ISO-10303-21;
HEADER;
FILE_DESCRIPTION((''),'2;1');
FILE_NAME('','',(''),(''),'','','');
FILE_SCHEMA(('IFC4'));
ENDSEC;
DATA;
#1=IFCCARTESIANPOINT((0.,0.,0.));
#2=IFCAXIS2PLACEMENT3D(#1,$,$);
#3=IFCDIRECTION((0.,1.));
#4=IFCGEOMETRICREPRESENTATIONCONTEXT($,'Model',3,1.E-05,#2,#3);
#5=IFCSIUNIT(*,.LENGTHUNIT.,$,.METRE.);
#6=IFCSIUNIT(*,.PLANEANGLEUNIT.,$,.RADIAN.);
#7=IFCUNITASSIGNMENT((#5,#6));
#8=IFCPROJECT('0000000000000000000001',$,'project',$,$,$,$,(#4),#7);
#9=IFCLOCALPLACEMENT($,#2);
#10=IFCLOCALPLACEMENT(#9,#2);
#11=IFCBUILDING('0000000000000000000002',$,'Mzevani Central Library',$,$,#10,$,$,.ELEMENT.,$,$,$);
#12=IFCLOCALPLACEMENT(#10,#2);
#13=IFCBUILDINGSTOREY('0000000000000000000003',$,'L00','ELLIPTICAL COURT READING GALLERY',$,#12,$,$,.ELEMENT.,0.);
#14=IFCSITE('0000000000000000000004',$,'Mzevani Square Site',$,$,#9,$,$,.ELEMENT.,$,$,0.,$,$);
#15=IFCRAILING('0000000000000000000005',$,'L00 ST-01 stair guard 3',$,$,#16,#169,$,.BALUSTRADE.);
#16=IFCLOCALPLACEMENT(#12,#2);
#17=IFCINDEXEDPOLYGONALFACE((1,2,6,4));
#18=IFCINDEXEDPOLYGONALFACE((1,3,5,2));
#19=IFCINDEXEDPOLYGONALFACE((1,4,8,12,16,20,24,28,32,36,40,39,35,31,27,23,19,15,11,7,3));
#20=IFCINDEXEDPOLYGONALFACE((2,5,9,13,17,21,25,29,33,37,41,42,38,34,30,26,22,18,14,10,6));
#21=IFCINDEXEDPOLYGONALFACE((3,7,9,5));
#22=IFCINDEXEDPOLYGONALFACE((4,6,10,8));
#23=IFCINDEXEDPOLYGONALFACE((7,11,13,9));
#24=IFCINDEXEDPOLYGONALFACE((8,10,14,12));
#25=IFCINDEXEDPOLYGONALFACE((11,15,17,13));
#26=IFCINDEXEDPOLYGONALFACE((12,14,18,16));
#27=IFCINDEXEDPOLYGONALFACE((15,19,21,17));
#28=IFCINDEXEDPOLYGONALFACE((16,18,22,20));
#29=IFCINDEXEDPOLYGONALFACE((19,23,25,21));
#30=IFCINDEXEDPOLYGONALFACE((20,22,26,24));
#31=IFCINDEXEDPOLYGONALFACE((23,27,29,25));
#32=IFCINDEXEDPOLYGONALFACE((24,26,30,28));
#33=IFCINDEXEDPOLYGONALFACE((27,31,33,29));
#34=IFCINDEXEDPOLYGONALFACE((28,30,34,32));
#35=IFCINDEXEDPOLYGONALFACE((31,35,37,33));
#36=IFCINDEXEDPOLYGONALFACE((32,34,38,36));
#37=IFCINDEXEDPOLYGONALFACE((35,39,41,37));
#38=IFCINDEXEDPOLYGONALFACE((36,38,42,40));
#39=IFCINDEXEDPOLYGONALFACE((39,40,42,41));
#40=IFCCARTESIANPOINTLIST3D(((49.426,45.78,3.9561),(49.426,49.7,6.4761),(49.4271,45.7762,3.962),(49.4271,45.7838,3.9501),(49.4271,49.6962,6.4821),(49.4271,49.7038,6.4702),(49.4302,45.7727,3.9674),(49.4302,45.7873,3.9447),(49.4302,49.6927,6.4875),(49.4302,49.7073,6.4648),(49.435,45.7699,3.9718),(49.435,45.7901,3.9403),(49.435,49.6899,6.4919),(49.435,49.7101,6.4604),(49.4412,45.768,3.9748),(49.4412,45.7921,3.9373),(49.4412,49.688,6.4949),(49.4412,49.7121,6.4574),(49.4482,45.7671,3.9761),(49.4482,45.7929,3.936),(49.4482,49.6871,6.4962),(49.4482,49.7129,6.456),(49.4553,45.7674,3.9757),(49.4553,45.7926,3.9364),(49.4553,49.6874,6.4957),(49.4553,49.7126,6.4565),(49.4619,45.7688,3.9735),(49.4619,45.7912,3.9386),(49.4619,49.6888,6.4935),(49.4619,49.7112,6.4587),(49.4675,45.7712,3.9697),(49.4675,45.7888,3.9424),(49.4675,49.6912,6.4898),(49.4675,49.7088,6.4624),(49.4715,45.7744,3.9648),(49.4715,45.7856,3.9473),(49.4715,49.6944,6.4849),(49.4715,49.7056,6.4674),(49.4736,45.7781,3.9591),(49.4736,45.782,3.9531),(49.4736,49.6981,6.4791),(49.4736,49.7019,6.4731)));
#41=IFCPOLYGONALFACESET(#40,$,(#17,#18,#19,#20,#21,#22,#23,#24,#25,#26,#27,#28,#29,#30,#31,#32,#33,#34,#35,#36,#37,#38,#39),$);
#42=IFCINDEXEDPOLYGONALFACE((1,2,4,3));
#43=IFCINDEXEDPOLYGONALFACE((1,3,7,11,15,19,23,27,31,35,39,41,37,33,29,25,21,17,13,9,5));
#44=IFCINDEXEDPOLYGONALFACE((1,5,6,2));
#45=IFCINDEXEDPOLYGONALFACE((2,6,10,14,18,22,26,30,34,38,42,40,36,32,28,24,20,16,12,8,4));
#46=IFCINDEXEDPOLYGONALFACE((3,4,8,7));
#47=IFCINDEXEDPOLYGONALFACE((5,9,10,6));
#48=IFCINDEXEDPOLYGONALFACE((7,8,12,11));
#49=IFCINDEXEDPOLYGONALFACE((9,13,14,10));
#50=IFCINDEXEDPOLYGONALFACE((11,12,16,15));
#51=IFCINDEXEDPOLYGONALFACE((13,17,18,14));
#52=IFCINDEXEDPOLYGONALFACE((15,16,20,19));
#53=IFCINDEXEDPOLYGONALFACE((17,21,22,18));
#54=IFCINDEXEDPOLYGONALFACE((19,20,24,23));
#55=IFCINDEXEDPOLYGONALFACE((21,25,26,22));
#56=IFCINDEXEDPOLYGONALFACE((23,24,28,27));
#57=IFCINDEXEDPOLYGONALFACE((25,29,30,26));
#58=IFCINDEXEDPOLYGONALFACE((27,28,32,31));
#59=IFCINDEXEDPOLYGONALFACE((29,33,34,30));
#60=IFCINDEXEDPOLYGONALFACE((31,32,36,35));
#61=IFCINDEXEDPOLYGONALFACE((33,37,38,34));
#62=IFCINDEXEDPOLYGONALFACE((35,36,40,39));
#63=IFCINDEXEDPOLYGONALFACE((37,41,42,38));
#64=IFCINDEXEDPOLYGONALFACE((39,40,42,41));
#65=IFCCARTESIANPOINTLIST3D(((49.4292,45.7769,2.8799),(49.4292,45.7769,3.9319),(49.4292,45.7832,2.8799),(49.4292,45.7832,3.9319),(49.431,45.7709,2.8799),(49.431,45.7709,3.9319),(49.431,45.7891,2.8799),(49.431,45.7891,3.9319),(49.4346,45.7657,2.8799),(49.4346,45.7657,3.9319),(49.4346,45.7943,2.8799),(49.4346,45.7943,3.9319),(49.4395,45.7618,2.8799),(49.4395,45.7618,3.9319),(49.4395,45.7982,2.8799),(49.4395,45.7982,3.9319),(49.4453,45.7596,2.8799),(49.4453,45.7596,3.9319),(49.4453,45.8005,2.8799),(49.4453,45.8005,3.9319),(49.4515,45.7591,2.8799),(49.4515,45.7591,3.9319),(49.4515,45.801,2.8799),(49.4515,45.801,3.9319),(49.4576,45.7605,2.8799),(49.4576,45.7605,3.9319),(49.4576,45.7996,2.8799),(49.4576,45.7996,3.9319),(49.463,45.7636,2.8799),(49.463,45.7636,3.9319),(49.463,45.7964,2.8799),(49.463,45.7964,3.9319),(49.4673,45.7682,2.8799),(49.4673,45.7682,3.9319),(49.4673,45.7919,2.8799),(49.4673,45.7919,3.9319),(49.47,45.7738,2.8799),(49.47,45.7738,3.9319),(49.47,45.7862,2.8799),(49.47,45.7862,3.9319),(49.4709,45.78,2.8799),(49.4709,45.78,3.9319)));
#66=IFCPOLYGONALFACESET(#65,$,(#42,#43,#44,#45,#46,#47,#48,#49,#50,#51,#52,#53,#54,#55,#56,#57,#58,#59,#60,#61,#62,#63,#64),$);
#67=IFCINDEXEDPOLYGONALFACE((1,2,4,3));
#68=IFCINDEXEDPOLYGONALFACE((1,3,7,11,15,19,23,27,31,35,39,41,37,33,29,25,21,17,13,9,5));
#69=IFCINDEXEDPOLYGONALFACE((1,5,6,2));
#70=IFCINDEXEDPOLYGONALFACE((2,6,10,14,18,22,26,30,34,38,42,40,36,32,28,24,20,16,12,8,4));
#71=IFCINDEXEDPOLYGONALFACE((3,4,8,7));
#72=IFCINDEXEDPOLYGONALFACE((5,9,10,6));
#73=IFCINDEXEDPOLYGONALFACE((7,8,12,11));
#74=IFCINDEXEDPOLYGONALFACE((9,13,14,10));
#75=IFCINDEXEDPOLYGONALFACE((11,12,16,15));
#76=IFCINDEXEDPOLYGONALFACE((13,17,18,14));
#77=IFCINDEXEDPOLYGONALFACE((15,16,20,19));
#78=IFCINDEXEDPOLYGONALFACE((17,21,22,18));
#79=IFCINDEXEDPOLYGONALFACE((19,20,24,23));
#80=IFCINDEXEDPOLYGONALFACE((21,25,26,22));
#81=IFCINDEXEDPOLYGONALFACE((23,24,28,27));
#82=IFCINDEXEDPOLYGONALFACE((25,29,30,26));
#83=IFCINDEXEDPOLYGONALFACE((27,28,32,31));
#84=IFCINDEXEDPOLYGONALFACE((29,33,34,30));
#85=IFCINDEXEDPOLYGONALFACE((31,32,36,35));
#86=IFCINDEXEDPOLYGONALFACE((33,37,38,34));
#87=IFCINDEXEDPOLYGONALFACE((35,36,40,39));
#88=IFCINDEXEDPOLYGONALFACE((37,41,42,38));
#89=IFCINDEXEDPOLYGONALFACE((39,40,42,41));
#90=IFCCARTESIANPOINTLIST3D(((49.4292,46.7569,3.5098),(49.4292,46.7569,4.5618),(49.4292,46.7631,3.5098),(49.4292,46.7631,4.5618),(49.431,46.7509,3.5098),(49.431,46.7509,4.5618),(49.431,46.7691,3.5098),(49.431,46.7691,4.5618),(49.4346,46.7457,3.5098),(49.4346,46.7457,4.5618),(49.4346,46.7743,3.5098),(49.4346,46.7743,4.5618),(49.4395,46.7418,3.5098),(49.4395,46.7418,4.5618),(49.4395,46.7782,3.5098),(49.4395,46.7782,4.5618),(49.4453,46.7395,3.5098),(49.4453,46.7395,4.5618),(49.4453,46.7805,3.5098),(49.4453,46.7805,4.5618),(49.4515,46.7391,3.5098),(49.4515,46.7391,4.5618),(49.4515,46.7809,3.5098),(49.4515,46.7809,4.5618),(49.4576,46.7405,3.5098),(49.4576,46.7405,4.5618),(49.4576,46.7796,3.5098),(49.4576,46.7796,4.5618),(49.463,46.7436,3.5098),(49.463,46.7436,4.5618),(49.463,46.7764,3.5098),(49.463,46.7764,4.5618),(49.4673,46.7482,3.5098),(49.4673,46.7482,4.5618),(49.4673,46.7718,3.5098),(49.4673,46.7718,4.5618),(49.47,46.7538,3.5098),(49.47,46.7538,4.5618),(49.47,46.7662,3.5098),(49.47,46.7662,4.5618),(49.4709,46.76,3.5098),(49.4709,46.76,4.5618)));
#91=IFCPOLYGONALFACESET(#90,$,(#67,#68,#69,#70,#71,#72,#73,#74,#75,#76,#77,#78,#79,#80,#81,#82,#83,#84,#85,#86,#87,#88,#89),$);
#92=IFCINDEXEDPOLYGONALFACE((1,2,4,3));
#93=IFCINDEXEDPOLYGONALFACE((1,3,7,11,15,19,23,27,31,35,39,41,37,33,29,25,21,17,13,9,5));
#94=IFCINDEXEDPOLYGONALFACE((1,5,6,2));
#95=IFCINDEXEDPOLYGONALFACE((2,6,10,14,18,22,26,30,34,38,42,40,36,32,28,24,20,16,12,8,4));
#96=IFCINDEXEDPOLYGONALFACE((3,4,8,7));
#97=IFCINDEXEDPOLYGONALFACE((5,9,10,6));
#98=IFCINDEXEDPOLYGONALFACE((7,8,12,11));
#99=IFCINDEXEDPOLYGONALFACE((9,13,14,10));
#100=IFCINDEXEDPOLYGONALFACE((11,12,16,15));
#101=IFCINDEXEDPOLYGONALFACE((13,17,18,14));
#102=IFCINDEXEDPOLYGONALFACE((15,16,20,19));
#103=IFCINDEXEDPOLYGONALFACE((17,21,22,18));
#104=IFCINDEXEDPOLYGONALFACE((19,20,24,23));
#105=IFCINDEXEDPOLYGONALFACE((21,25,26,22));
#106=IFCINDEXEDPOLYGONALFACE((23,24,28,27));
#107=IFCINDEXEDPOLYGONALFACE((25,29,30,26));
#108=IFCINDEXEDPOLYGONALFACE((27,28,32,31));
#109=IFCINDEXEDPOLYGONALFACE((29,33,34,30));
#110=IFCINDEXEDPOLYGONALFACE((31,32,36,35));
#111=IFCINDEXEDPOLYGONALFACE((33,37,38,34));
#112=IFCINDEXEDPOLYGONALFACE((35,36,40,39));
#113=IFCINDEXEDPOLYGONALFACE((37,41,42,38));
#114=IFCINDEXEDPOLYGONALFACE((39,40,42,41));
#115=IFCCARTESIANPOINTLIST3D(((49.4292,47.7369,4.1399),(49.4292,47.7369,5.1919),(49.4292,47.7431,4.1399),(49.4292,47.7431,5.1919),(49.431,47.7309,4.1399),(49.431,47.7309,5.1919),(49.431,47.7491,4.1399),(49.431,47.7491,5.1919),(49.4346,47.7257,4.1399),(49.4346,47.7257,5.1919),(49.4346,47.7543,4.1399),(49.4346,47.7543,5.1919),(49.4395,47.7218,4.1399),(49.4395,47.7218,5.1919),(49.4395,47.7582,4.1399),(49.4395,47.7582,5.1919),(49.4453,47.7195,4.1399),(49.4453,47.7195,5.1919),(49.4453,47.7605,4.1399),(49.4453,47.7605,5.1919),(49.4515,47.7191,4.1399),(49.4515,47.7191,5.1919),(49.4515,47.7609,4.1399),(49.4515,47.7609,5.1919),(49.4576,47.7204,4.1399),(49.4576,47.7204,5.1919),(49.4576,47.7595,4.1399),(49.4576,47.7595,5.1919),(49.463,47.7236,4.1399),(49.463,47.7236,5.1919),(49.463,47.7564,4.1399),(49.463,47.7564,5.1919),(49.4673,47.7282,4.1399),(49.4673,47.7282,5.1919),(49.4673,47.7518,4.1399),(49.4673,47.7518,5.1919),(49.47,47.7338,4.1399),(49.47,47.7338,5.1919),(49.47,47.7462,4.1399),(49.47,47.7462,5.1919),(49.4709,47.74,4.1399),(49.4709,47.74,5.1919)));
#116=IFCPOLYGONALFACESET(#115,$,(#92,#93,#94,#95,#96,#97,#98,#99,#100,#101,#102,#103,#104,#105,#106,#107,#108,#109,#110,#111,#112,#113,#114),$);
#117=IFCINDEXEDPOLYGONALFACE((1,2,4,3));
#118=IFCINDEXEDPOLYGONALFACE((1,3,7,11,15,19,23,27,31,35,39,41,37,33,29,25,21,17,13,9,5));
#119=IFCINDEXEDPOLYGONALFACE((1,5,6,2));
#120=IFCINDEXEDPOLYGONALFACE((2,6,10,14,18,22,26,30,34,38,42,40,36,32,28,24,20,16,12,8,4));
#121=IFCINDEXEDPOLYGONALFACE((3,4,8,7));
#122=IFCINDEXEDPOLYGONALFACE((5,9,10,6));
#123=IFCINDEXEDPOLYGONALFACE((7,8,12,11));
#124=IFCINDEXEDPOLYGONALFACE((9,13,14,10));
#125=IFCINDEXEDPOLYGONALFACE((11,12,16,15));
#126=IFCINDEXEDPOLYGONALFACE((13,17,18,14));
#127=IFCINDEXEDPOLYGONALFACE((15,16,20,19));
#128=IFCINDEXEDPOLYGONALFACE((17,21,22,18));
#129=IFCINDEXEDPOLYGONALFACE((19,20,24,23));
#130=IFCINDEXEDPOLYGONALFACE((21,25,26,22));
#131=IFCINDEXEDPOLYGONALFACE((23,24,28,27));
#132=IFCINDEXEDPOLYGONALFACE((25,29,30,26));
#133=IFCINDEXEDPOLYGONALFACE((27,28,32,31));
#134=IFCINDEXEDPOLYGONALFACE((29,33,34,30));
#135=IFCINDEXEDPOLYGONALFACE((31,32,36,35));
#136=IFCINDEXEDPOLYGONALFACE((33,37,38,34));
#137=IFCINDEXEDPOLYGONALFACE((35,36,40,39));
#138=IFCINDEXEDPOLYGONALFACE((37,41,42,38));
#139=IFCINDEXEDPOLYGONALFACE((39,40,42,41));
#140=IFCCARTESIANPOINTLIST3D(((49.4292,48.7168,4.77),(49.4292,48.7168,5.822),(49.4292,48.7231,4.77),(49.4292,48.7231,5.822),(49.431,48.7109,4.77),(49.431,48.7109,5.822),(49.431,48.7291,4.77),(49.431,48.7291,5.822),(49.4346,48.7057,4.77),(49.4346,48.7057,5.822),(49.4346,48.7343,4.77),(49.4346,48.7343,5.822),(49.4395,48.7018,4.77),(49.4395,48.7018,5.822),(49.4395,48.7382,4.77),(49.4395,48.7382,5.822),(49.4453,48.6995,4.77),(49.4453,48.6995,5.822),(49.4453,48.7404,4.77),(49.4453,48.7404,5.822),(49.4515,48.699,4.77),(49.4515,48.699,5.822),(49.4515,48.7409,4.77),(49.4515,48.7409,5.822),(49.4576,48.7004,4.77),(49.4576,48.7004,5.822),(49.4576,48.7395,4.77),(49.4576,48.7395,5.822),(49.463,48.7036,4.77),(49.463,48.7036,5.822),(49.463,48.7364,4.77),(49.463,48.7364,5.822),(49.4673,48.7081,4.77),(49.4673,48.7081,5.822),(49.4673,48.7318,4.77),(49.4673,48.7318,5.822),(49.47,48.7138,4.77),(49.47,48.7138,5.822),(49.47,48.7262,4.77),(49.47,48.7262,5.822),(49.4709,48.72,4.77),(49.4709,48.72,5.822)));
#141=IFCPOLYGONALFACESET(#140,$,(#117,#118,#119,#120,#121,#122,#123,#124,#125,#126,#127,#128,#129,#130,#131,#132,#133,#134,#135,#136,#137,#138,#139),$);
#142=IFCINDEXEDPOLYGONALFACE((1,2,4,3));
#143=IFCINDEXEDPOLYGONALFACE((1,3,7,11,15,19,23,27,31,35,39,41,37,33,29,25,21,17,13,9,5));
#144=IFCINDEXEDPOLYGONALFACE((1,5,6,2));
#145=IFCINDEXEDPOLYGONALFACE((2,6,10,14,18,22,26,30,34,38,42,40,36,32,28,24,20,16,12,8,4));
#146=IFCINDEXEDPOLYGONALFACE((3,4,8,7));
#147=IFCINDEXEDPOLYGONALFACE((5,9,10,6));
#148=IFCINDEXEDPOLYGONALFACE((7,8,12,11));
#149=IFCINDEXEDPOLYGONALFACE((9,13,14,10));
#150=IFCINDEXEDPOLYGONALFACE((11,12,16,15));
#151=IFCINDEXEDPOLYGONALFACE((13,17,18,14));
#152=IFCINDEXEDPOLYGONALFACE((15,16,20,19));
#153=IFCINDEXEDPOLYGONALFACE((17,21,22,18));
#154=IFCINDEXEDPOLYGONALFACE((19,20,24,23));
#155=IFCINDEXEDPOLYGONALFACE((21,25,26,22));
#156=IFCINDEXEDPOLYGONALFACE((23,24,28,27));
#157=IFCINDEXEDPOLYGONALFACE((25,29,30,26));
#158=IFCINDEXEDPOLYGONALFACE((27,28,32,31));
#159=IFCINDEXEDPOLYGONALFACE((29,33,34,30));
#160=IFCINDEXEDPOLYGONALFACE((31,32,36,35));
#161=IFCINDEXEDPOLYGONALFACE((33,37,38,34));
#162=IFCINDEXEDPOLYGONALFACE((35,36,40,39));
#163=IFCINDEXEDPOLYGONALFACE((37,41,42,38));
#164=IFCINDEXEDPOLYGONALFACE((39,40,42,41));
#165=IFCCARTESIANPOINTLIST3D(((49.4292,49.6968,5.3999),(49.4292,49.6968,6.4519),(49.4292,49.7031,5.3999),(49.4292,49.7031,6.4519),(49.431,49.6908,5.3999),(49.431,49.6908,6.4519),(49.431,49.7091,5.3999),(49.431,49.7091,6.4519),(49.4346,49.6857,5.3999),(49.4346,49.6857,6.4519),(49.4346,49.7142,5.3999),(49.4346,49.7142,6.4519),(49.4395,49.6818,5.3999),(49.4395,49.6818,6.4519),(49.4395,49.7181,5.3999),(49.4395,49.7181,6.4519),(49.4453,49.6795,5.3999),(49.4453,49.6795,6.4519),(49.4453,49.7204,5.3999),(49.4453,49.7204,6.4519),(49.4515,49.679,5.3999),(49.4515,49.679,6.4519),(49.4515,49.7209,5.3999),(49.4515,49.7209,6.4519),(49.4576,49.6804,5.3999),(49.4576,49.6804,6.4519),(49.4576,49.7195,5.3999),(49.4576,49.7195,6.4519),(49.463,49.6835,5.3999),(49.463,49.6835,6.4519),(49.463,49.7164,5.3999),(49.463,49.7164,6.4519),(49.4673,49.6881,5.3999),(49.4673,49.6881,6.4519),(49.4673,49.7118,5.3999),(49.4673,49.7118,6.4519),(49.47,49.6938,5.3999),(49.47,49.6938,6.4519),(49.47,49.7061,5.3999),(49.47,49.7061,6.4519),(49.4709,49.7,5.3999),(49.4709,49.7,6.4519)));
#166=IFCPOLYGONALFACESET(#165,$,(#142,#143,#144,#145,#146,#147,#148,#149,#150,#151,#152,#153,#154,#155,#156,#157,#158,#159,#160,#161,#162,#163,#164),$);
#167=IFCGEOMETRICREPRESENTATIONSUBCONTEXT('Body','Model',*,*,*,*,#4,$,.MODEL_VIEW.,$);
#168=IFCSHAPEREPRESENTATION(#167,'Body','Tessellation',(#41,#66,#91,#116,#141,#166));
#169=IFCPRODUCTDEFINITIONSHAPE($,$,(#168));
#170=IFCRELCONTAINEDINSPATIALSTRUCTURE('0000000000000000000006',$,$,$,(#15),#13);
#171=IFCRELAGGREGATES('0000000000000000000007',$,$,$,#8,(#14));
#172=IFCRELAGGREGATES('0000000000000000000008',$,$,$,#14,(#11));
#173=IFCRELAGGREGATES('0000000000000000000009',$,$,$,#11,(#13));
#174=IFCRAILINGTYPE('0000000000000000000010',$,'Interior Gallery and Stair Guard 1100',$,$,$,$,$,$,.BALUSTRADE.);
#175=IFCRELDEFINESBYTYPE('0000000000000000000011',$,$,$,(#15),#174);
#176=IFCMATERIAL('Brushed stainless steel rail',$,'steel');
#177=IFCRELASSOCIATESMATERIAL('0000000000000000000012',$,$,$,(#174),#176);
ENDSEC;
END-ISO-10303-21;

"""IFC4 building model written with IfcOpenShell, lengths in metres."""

from ifc_helpers import new_model, si_unit, direction, frame, origin, origin_2d, place, context, subcontext, project, spatial, circle, extrude, material, type_object, element, save


model = new_model("IFC4")

# Units and contexts
model_context = context("Model", 3, precision=1e-05, world=origin(), true_north=direction((0.0, 1.0)))
body_context = subcontext(model_context, "Body", "Model", "MODEL_VIEW")
ifc_project = project(units=[si_unit("LENGTHUNIT", "METRE"), si_unit("PLANEANGLEUNIT", "RADIAN")], contexts=[model_context])

# Site, building, storey
site_placement = place(None, origin())
site = spatial("IfcSite", under=ifc_project, at=site_placement, Name="Mzevani Square Site", CompositionType="ELEMENT", RefElevation=0.0)
building_placement = place(site_placement, origin())
building = spatial("IfcBuilding", under=site, at=building_placement, Name="Mzevani Central Library", CompositionType="ELEMENT")
storey_placement = place(building_placement, origin())
storey = spatial("IfcBuildingStorey", under=building, at=storey_placement, Name="L00", Description="ELLIPTICAL COURT READING GALLERY", CompositionType="ELEMENT", Elevation=0.0)

# Railing
ifc_material_1 = material(Name="Brushed stainless steel rail", Category="steel")
railing_type_1 = type_object("IfcRailingType", Name="Interior Gallery and Stair Guard 1100", PredefinedType="BALUSTRADE", material=ifc_material_1)
railing_1_placement = place(storey_placement, frame((49.45, 45.78, 2.8799)))
element("IfcRailing", 1, at=railing_1_placement, inside=storey, type_object=railing_type_1, Name="L00 ST-01 stair guard 3", PredefinedType="BALUSTRADE", context=body_context, shape_type="SweptSolid", body=[
    extrude(circle(Radius=0.0239, at=origin_2d()), frame((0.0, 0.0, 1.0762), z_axis=(0.0, 0.841172, 0.540768), x_axis=(-1.0, 0.0, 0.0)), (0.0, 0.0, 1.0), 4.6602),
    extrude(circle(Radius=0.021, at=origin_2d()), origin(), (0.0, 0.0, 1.0), 1.052),
    extrude(circle(Radius=0.021, at=origin_2d()), frame((0.0, 0.98, 0.6299)), (0.0, 0.0, 1.0), 1.052),
    extrude(circle(Radius=0.021, at=origin_2d()), frame((0.0, 1.96, 1.26)), (0.0, 0.0, 1.0), 1.052),
    extrude(circle(Radius=0.021, at=origin_2d()), frame((0.0, 2.9399, 1.8901)), (0.0, 0.0, 1.0), 1.052),
    extrude(circle(Radius=0.021, at=origin_2d()), frame((0.0, 3.9199, 2.52)), (0.0, 0.0, 1.0), 1.052),
])

save(model, "model.ifc")
